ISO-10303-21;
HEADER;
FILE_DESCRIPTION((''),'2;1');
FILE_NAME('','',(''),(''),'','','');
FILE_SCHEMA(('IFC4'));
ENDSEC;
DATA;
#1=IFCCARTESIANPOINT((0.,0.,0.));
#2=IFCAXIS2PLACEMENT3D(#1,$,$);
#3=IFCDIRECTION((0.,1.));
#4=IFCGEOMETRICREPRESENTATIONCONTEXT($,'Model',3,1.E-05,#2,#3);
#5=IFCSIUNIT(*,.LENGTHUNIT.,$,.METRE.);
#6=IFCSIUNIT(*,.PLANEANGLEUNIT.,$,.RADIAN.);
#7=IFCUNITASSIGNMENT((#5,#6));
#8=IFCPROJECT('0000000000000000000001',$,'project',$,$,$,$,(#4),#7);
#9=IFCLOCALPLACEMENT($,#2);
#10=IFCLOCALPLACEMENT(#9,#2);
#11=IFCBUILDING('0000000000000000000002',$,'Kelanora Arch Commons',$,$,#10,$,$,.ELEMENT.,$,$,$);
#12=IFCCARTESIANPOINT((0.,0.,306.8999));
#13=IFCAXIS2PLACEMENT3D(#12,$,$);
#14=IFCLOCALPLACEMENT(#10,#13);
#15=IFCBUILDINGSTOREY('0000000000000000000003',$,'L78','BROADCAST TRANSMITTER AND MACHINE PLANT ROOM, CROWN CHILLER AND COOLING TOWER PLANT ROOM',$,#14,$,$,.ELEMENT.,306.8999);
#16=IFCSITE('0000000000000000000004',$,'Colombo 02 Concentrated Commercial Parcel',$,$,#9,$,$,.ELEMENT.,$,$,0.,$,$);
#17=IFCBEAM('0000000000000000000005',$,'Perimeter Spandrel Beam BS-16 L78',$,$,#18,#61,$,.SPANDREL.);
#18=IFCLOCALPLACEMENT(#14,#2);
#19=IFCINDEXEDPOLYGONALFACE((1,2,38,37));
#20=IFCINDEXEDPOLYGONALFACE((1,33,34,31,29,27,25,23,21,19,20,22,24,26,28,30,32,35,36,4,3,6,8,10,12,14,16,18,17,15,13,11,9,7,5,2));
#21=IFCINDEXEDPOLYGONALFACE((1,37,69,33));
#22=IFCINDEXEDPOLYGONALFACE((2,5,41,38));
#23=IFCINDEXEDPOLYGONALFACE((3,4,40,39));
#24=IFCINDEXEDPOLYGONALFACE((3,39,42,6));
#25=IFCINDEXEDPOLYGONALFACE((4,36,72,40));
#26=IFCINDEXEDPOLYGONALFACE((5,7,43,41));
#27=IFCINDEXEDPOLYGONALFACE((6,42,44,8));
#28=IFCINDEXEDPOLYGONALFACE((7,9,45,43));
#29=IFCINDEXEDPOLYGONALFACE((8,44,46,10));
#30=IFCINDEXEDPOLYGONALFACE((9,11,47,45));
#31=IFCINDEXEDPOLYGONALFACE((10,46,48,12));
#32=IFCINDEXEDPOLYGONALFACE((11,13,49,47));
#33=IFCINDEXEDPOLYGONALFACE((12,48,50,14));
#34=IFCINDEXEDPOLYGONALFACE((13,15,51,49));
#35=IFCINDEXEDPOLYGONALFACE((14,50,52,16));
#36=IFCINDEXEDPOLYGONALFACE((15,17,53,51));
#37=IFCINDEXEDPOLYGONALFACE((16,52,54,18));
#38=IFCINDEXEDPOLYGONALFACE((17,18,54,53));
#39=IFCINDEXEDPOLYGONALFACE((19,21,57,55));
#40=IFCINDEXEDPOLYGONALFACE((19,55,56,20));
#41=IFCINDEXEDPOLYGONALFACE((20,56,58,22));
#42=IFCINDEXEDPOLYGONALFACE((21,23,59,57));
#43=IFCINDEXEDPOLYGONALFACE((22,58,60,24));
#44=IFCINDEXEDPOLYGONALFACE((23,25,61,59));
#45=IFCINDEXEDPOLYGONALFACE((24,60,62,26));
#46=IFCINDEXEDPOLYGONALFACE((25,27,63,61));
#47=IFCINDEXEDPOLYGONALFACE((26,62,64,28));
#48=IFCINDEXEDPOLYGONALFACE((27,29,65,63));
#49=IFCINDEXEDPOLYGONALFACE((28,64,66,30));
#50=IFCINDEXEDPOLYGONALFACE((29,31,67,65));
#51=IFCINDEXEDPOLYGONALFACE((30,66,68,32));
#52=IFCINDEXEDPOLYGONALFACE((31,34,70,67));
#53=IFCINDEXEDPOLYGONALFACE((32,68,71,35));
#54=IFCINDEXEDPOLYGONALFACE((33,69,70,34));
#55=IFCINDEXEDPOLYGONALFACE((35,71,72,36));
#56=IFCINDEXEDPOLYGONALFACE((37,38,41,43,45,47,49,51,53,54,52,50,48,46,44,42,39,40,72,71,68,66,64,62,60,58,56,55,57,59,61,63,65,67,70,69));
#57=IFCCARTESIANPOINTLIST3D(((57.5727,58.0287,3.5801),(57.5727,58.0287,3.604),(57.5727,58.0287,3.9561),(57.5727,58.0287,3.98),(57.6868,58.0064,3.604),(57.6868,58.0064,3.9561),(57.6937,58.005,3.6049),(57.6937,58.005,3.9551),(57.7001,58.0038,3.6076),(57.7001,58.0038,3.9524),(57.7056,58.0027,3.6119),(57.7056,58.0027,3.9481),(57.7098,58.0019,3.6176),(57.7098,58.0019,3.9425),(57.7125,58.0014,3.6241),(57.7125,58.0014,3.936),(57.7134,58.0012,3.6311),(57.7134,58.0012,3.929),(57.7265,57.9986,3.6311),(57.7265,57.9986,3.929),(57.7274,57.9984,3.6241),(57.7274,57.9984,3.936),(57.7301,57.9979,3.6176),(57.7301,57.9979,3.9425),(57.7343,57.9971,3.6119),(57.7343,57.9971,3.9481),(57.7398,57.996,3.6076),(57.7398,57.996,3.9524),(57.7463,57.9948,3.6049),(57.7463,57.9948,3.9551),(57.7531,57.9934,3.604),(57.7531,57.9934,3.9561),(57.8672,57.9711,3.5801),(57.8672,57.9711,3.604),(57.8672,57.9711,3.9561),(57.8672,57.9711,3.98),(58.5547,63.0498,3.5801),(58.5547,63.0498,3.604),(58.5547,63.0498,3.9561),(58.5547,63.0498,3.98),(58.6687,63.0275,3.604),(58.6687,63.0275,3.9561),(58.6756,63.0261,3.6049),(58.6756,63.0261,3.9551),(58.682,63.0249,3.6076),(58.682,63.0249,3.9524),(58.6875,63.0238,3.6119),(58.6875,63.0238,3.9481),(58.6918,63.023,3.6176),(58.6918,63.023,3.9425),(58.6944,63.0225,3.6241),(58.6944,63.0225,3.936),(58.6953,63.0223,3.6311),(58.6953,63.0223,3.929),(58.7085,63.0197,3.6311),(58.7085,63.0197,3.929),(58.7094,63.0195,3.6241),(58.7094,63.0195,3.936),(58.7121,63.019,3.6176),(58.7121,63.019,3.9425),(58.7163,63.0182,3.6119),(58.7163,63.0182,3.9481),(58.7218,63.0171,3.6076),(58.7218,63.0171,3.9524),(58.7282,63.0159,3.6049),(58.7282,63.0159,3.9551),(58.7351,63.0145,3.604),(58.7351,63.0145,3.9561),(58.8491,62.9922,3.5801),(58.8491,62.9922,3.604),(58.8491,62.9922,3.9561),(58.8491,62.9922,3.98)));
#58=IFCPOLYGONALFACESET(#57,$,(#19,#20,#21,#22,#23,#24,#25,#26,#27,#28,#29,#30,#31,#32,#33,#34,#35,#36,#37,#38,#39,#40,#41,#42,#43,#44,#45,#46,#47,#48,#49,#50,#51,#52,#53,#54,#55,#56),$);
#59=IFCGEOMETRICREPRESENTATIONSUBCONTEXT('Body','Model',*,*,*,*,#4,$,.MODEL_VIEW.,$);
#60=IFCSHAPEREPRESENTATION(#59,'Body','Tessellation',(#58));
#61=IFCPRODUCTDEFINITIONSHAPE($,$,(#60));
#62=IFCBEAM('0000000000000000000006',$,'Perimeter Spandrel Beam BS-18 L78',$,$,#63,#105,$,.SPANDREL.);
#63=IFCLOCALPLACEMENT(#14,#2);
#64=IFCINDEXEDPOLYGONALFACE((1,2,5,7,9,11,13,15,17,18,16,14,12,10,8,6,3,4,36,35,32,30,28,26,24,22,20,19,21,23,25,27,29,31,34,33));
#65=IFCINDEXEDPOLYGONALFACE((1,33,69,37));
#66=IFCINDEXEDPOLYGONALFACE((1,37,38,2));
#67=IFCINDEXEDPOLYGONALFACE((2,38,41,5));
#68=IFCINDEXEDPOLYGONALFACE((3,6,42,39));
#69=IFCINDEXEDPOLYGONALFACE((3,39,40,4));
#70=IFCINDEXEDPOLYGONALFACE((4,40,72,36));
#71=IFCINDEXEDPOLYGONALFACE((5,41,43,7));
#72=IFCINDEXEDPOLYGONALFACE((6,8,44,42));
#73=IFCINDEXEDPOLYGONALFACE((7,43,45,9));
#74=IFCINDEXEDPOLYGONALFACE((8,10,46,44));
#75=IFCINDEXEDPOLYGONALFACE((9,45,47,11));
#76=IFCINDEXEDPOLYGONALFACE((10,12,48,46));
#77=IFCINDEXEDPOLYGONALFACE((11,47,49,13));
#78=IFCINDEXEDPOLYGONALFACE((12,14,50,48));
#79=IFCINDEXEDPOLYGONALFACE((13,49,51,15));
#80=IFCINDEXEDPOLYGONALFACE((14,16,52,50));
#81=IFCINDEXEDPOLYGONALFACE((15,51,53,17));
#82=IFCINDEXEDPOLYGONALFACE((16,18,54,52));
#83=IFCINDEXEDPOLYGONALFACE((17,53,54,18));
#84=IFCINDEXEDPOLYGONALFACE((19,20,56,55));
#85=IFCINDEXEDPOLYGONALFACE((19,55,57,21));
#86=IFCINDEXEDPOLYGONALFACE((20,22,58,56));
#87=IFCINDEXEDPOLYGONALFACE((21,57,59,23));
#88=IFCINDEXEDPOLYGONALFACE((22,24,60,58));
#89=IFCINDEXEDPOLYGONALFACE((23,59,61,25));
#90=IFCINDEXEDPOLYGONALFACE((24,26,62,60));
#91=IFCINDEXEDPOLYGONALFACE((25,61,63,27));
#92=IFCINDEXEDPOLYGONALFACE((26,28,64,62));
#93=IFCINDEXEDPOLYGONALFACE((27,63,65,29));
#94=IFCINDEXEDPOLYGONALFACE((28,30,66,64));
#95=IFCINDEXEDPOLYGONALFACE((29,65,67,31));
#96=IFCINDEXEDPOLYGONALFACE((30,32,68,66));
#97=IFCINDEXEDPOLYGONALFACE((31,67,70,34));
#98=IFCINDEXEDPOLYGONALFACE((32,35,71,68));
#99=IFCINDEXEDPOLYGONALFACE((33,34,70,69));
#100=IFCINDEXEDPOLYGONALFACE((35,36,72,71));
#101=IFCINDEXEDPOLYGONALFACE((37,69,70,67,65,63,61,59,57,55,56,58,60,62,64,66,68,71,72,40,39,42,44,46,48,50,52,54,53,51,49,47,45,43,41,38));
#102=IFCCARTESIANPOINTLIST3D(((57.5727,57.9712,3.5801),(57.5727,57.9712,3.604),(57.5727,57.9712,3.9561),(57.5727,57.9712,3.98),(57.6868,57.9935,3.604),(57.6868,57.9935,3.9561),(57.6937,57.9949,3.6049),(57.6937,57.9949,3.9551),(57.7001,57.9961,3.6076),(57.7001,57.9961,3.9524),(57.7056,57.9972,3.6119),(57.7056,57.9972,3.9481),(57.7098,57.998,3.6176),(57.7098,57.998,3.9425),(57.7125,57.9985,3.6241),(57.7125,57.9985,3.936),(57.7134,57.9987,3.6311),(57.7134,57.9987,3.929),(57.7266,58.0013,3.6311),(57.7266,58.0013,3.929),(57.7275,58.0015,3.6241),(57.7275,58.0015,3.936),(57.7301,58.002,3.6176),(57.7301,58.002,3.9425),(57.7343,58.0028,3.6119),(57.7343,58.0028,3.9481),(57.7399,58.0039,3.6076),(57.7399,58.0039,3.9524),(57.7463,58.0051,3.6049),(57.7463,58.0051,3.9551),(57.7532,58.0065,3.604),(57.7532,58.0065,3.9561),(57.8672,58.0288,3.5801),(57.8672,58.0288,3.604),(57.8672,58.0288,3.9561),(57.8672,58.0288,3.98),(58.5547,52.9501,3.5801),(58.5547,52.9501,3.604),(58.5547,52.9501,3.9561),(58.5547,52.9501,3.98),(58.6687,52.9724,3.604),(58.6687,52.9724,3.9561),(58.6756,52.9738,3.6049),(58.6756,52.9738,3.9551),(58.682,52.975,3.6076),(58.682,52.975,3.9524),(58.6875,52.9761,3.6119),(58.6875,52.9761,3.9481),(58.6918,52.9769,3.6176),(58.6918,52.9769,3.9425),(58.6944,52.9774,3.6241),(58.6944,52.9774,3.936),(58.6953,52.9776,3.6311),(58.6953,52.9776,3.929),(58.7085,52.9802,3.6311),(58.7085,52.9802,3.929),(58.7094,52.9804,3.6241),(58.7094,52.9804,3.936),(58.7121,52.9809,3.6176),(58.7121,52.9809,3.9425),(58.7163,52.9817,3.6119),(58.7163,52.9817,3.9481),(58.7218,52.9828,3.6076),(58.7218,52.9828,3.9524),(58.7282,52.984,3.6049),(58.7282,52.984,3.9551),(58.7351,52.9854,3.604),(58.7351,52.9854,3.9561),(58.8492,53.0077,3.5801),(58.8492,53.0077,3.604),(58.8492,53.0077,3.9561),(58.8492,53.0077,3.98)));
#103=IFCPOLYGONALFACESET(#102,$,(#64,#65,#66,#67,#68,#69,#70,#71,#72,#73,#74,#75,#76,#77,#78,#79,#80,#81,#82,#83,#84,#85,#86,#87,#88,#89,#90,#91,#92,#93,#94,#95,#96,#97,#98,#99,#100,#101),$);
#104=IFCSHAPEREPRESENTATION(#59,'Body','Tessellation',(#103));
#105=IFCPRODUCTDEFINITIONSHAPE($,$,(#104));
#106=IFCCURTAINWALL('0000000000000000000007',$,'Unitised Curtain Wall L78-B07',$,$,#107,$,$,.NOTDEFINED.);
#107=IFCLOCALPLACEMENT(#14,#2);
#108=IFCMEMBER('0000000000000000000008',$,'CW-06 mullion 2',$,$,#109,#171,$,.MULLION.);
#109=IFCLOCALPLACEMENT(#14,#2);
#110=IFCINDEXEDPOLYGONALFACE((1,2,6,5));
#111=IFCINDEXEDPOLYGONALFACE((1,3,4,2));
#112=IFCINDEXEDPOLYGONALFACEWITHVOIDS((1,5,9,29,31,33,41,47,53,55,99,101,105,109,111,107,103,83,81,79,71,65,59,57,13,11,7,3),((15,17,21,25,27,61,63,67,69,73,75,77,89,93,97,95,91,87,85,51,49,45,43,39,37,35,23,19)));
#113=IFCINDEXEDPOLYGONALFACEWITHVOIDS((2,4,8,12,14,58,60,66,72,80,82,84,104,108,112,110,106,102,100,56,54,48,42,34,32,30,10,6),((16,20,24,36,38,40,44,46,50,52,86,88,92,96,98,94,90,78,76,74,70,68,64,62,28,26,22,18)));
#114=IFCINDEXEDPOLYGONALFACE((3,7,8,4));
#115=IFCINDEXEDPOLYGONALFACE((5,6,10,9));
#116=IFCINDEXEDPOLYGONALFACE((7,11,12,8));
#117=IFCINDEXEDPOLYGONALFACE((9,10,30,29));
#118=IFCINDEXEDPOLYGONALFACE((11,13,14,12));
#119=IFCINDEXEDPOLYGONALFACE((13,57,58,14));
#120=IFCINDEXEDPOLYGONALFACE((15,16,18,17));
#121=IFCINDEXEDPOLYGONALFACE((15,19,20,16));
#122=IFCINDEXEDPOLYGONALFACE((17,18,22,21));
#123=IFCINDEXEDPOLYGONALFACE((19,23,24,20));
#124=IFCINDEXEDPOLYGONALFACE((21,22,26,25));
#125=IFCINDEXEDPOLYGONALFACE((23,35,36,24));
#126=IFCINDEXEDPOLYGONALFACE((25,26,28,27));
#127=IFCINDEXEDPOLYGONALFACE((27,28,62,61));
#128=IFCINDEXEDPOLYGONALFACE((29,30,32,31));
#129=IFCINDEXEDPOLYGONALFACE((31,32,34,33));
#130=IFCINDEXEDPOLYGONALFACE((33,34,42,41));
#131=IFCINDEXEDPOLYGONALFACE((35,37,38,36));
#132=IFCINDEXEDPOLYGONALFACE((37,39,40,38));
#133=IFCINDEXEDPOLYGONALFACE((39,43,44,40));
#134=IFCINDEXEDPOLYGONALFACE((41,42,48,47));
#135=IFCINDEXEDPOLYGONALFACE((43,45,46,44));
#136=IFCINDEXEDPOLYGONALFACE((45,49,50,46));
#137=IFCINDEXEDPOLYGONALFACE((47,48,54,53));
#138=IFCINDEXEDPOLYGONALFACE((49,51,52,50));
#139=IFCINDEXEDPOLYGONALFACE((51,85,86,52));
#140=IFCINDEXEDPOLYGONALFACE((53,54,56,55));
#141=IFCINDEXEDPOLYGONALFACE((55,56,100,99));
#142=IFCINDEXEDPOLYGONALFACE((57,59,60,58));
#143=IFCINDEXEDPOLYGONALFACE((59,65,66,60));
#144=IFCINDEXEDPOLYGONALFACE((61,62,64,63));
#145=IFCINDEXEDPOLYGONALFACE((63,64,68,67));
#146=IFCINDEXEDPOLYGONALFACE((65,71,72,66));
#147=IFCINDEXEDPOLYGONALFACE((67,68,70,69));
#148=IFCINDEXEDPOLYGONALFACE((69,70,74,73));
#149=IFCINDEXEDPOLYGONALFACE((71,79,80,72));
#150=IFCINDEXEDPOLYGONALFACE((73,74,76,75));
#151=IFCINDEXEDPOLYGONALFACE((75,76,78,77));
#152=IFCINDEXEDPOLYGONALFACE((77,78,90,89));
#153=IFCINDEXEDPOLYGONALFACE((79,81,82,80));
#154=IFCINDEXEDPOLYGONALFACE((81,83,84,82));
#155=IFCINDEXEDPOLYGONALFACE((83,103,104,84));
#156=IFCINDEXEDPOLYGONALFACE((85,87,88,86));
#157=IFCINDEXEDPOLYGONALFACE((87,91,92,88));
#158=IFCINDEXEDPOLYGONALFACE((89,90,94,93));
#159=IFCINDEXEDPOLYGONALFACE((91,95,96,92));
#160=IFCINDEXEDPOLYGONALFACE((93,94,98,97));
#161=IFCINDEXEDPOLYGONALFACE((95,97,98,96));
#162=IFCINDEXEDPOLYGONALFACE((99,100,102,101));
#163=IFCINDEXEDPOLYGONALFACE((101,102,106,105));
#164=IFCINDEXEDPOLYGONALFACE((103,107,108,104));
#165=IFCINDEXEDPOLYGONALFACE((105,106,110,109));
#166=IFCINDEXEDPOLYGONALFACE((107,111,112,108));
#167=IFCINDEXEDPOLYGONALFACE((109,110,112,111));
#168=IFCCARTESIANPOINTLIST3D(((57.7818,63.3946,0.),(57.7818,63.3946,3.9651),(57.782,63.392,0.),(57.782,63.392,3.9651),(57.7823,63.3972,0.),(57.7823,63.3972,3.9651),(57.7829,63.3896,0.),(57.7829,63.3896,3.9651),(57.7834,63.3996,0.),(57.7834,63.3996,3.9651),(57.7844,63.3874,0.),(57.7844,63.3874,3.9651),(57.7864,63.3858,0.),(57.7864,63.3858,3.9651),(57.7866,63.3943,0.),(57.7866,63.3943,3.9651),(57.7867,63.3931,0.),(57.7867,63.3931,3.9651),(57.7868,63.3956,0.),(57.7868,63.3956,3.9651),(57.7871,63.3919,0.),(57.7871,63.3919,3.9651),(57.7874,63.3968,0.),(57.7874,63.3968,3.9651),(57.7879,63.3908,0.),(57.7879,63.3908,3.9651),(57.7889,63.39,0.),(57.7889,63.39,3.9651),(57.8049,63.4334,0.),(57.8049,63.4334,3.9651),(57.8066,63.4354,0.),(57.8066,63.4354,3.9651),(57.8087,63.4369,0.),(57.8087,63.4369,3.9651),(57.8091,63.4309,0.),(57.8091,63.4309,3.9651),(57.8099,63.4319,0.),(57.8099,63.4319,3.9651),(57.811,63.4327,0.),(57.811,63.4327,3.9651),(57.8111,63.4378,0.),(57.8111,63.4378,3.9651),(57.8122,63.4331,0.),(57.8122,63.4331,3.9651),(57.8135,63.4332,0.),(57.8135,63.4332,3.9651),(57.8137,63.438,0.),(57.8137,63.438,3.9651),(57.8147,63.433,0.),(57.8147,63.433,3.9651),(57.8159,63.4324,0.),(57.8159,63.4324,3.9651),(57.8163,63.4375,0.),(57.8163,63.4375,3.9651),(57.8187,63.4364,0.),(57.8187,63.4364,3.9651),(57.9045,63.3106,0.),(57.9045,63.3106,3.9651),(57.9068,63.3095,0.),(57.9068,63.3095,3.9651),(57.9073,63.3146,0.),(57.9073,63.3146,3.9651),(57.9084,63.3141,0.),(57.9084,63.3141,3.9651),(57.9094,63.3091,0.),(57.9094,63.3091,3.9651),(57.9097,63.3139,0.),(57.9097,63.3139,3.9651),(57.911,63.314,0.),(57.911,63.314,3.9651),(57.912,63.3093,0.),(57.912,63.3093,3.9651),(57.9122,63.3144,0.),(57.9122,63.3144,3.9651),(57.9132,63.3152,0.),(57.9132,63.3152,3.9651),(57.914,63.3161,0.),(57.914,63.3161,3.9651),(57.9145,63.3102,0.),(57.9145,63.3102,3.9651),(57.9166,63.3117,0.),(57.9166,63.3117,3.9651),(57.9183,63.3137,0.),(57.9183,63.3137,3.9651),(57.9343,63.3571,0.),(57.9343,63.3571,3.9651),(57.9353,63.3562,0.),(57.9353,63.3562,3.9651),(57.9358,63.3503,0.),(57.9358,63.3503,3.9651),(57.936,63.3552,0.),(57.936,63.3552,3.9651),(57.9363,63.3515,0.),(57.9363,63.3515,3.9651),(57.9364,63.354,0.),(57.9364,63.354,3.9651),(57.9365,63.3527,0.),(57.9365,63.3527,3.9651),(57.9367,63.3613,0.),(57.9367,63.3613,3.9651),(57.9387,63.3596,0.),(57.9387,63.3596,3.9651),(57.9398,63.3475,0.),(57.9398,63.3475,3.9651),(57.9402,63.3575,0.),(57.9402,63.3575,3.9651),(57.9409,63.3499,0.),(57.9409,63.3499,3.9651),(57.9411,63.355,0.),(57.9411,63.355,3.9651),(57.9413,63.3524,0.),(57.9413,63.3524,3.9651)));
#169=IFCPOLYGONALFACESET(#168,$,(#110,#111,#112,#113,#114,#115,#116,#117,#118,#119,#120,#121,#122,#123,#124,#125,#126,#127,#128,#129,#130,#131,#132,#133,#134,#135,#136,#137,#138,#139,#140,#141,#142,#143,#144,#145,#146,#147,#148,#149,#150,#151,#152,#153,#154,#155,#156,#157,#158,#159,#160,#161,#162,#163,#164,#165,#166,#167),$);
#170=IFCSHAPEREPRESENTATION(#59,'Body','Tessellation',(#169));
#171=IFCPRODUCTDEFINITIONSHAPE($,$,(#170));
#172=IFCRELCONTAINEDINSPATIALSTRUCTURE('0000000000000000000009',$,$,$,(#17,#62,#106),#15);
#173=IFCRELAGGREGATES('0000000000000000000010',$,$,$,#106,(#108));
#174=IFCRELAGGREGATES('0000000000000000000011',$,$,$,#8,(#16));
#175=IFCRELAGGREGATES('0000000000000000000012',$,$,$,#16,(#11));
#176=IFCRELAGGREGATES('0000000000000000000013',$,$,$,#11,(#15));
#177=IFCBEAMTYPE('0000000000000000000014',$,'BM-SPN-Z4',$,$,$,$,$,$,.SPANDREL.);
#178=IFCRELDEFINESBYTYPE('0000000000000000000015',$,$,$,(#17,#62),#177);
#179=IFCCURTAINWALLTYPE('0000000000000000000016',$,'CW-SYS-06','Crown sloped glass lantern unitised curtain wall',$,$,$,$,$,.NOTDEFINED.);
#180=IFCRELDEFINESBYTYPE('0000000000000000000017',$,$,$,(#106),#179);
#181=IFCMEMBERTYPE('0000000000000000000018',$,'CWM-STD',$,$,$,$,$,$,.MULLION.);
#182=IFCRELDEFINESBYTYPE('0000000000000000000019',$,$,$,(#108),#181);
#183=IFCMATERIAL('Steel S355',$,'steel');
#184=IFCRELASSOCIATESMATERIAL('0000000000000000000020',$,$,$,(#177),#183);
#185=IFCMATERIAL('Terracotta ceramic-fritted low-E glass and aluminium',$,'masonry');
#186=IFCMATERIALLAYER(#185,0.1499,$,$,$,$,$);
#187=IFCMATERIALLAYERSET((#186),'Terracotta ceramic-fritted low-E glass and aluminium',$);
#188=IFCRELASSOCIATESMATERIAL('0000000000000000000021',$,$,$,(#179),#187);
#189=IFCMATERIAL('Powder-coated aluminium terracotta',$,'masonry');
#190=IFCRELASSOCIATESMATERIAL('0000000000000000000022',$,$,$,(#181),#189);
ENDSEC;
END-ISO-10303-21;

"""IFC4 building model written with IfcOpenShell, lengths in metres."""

from ifc_helpers import new_model, si_unit, direction, frame, origin, origin_2d, place, context, subcontext, project, spatial, hollow_rectangle, i_section, extrude, material, layer, layer_set, material_profile, profile_set, type_object, element, aggregate, save


model = new_model("IFC4")

# Units and contexts
model_context = context("Model", 3, precision=1e-05, world=origin(), true_north=direction((0.0, 1.0)))
body_context = subcontext(model_context, "Body", "Model", "MODEL_VIEW")
ifc_project = project(units=[si_unit("LENGTHUNIT", "METRE"), si_unit("PLANEANGLEUNIT", "RADIAN")], contexts=[model_context])

# Site, building, storey
site_placement = place(None, origin())
site = spatial("IfcSite", under=ifc_project, at=site_placement, Name="Colombo 02 Concentrated Commercial Parcel", CompositionType="ELEMENT", RefElevation=0.0)
building_placement = place(site_placement, origin())
building = spatial("IfcBuilding", under=site, at=building_placement, Name="Kelanora Arch Commons", CompositionType="ELEMENT")
storey_placement = place(building_placement, frame((0.0, 0.0, 306.8999)))
storey = spatial("IfcBuildingStorey", under=building, at=storey_placement, Name="L78", Description="BROADCAST TRANSMITTER AND MACHINE PLANT ROOM, CROWN CHILLER AND COOLING TOWER PLANT ROOM", CompositionType="ELEMENT", Elevation=306.8999)

# Beams
ifc_material_1 = material(Name="Steel S355", Category="steel")
ifc_material_profile_1 = material_profile(ifc_material_1, i_section(OverallWidth=0.3, OverallDepth=0.3999, WebThickness=0.0134, FlangeThickness=0.0239, FilletRadius=0.0271, at=origin_2d()), Name="HEB400")
ifc_profile_set_1 = profile_set([ifc_material_profile_1], Name="Steel S355")
beam_type_1 = type_object("IfcBeamType", Name="BM-SPN-Z4", PredefinedType="SPANDREL", material=ifc_profile_set_1)
for number, where, z_axis, x_axis, name in (
    (1, (58.7019, 63.021, 3.78), (-0.19193, -0.981409, 0.0), (0.981409, -0.19193, 0.0), "Perimeter Spandrel Beam BS-16 L78"),
    (2, (57.72, 58.0, 3.78), (0.19193, -0.981409, 0.0), (0.981409, 0.19193, 0.0), "Perimeter Spandrel Beam BS-18 L78"),
):
    element("IfcBeam", number, at=place(storey_placement, frame(where, z_axis=z_axis, x_axis=x_axis)), inside=storey, type_object=beam_type_1, Name=name, PredefinedType="SPANDREL", context=body_context, shape_type="SweptSolid", body=[
        extrude(i_section(OverallWidth=0.3, OverallDepth=0.3999, WebThickness=0.0134, FlangeThickness=0.0239, FilletRadius=0.0271, at=origin_2d()), origin(), (0.0, 0.0, 1.0), 5.1162),
    ])

# Curtain wall, member
ifc_material_2 = material(Name="Terracotta ceramic-fritted low-E glass and aluminium", Category="masonry")
ifc_layer_1 = layer(ifc_material_2, 0.1499)
ifc_layer_set_1 = layer_set([ifc_layer_1], Name="Terracotta ceramic-fritted low-E glass and aluminium")
curtain_wall_type = type_object("IfcCurtainWallType", Name="CW-SYS-06", Description="Crown sloped glass lantern unitised curtain wall", PredefinedType="NOTDEFINED", material=ifc_layer_set_1)
curtain_wall_1_placement = place(storey_placement, origin())
curtain_wall_1 = element("IfcCurtainWall", 3, at=curtain_wall_1_placement, inside=storey, type_object=curtain_wall_type, Name="Unitised Curtain Wall L78-B07", PredefinedType="NOTDEFINED")
ifc_material_3 = material(Name="Powder-coated aluminium terracotta", Category="masonry")
ifc_material_profile_2 = material_profile(ifc_material_3, hollow_rectangle(XDim=0.1599, YDim=0.0601, WallThickness=0.0049, InnerFilletRadius=0.0049, OuterFilletRadius=0.01, at=origin_2d()), Name="CWM160x60")
ifc_profile_set_2 = profile_set([ifc_material_profile_2], Name="Powder-coated aluminium terracotta")
member_type_1 = type_object("IfcMemberType", Name="CWM-STD", PredefinedType="MULLION", material=ifc_profile_set_2)
member_1_placement = place(storey_placement, frame((57.8616, 63.3735, 0.0), z_axis=(0.0, 0.0, 1.0), x_axis=(0.843592, -0.536984, 0.0)))
member_1 = element("IfcMember", 4, at=member_1_placement, type_object=member_type_1, Name="CW-06 mullion 2", PredefinedType="MULLION", context=body_context, shape_type="SweptSolid", body=[
    extrude(hollow_rectangle(XDim=0.1599, YDim=0.0601, WallThickness=0.0049, InnerFilletRadius=0.0049, OuterFilletRadius=0.01, at=origin_2d()), origin(), (0.0, 0.0, 1.0), 3.9651),
])
aggregate(curtain_wall_1, [member_1])

save(model, "model.ifc")
